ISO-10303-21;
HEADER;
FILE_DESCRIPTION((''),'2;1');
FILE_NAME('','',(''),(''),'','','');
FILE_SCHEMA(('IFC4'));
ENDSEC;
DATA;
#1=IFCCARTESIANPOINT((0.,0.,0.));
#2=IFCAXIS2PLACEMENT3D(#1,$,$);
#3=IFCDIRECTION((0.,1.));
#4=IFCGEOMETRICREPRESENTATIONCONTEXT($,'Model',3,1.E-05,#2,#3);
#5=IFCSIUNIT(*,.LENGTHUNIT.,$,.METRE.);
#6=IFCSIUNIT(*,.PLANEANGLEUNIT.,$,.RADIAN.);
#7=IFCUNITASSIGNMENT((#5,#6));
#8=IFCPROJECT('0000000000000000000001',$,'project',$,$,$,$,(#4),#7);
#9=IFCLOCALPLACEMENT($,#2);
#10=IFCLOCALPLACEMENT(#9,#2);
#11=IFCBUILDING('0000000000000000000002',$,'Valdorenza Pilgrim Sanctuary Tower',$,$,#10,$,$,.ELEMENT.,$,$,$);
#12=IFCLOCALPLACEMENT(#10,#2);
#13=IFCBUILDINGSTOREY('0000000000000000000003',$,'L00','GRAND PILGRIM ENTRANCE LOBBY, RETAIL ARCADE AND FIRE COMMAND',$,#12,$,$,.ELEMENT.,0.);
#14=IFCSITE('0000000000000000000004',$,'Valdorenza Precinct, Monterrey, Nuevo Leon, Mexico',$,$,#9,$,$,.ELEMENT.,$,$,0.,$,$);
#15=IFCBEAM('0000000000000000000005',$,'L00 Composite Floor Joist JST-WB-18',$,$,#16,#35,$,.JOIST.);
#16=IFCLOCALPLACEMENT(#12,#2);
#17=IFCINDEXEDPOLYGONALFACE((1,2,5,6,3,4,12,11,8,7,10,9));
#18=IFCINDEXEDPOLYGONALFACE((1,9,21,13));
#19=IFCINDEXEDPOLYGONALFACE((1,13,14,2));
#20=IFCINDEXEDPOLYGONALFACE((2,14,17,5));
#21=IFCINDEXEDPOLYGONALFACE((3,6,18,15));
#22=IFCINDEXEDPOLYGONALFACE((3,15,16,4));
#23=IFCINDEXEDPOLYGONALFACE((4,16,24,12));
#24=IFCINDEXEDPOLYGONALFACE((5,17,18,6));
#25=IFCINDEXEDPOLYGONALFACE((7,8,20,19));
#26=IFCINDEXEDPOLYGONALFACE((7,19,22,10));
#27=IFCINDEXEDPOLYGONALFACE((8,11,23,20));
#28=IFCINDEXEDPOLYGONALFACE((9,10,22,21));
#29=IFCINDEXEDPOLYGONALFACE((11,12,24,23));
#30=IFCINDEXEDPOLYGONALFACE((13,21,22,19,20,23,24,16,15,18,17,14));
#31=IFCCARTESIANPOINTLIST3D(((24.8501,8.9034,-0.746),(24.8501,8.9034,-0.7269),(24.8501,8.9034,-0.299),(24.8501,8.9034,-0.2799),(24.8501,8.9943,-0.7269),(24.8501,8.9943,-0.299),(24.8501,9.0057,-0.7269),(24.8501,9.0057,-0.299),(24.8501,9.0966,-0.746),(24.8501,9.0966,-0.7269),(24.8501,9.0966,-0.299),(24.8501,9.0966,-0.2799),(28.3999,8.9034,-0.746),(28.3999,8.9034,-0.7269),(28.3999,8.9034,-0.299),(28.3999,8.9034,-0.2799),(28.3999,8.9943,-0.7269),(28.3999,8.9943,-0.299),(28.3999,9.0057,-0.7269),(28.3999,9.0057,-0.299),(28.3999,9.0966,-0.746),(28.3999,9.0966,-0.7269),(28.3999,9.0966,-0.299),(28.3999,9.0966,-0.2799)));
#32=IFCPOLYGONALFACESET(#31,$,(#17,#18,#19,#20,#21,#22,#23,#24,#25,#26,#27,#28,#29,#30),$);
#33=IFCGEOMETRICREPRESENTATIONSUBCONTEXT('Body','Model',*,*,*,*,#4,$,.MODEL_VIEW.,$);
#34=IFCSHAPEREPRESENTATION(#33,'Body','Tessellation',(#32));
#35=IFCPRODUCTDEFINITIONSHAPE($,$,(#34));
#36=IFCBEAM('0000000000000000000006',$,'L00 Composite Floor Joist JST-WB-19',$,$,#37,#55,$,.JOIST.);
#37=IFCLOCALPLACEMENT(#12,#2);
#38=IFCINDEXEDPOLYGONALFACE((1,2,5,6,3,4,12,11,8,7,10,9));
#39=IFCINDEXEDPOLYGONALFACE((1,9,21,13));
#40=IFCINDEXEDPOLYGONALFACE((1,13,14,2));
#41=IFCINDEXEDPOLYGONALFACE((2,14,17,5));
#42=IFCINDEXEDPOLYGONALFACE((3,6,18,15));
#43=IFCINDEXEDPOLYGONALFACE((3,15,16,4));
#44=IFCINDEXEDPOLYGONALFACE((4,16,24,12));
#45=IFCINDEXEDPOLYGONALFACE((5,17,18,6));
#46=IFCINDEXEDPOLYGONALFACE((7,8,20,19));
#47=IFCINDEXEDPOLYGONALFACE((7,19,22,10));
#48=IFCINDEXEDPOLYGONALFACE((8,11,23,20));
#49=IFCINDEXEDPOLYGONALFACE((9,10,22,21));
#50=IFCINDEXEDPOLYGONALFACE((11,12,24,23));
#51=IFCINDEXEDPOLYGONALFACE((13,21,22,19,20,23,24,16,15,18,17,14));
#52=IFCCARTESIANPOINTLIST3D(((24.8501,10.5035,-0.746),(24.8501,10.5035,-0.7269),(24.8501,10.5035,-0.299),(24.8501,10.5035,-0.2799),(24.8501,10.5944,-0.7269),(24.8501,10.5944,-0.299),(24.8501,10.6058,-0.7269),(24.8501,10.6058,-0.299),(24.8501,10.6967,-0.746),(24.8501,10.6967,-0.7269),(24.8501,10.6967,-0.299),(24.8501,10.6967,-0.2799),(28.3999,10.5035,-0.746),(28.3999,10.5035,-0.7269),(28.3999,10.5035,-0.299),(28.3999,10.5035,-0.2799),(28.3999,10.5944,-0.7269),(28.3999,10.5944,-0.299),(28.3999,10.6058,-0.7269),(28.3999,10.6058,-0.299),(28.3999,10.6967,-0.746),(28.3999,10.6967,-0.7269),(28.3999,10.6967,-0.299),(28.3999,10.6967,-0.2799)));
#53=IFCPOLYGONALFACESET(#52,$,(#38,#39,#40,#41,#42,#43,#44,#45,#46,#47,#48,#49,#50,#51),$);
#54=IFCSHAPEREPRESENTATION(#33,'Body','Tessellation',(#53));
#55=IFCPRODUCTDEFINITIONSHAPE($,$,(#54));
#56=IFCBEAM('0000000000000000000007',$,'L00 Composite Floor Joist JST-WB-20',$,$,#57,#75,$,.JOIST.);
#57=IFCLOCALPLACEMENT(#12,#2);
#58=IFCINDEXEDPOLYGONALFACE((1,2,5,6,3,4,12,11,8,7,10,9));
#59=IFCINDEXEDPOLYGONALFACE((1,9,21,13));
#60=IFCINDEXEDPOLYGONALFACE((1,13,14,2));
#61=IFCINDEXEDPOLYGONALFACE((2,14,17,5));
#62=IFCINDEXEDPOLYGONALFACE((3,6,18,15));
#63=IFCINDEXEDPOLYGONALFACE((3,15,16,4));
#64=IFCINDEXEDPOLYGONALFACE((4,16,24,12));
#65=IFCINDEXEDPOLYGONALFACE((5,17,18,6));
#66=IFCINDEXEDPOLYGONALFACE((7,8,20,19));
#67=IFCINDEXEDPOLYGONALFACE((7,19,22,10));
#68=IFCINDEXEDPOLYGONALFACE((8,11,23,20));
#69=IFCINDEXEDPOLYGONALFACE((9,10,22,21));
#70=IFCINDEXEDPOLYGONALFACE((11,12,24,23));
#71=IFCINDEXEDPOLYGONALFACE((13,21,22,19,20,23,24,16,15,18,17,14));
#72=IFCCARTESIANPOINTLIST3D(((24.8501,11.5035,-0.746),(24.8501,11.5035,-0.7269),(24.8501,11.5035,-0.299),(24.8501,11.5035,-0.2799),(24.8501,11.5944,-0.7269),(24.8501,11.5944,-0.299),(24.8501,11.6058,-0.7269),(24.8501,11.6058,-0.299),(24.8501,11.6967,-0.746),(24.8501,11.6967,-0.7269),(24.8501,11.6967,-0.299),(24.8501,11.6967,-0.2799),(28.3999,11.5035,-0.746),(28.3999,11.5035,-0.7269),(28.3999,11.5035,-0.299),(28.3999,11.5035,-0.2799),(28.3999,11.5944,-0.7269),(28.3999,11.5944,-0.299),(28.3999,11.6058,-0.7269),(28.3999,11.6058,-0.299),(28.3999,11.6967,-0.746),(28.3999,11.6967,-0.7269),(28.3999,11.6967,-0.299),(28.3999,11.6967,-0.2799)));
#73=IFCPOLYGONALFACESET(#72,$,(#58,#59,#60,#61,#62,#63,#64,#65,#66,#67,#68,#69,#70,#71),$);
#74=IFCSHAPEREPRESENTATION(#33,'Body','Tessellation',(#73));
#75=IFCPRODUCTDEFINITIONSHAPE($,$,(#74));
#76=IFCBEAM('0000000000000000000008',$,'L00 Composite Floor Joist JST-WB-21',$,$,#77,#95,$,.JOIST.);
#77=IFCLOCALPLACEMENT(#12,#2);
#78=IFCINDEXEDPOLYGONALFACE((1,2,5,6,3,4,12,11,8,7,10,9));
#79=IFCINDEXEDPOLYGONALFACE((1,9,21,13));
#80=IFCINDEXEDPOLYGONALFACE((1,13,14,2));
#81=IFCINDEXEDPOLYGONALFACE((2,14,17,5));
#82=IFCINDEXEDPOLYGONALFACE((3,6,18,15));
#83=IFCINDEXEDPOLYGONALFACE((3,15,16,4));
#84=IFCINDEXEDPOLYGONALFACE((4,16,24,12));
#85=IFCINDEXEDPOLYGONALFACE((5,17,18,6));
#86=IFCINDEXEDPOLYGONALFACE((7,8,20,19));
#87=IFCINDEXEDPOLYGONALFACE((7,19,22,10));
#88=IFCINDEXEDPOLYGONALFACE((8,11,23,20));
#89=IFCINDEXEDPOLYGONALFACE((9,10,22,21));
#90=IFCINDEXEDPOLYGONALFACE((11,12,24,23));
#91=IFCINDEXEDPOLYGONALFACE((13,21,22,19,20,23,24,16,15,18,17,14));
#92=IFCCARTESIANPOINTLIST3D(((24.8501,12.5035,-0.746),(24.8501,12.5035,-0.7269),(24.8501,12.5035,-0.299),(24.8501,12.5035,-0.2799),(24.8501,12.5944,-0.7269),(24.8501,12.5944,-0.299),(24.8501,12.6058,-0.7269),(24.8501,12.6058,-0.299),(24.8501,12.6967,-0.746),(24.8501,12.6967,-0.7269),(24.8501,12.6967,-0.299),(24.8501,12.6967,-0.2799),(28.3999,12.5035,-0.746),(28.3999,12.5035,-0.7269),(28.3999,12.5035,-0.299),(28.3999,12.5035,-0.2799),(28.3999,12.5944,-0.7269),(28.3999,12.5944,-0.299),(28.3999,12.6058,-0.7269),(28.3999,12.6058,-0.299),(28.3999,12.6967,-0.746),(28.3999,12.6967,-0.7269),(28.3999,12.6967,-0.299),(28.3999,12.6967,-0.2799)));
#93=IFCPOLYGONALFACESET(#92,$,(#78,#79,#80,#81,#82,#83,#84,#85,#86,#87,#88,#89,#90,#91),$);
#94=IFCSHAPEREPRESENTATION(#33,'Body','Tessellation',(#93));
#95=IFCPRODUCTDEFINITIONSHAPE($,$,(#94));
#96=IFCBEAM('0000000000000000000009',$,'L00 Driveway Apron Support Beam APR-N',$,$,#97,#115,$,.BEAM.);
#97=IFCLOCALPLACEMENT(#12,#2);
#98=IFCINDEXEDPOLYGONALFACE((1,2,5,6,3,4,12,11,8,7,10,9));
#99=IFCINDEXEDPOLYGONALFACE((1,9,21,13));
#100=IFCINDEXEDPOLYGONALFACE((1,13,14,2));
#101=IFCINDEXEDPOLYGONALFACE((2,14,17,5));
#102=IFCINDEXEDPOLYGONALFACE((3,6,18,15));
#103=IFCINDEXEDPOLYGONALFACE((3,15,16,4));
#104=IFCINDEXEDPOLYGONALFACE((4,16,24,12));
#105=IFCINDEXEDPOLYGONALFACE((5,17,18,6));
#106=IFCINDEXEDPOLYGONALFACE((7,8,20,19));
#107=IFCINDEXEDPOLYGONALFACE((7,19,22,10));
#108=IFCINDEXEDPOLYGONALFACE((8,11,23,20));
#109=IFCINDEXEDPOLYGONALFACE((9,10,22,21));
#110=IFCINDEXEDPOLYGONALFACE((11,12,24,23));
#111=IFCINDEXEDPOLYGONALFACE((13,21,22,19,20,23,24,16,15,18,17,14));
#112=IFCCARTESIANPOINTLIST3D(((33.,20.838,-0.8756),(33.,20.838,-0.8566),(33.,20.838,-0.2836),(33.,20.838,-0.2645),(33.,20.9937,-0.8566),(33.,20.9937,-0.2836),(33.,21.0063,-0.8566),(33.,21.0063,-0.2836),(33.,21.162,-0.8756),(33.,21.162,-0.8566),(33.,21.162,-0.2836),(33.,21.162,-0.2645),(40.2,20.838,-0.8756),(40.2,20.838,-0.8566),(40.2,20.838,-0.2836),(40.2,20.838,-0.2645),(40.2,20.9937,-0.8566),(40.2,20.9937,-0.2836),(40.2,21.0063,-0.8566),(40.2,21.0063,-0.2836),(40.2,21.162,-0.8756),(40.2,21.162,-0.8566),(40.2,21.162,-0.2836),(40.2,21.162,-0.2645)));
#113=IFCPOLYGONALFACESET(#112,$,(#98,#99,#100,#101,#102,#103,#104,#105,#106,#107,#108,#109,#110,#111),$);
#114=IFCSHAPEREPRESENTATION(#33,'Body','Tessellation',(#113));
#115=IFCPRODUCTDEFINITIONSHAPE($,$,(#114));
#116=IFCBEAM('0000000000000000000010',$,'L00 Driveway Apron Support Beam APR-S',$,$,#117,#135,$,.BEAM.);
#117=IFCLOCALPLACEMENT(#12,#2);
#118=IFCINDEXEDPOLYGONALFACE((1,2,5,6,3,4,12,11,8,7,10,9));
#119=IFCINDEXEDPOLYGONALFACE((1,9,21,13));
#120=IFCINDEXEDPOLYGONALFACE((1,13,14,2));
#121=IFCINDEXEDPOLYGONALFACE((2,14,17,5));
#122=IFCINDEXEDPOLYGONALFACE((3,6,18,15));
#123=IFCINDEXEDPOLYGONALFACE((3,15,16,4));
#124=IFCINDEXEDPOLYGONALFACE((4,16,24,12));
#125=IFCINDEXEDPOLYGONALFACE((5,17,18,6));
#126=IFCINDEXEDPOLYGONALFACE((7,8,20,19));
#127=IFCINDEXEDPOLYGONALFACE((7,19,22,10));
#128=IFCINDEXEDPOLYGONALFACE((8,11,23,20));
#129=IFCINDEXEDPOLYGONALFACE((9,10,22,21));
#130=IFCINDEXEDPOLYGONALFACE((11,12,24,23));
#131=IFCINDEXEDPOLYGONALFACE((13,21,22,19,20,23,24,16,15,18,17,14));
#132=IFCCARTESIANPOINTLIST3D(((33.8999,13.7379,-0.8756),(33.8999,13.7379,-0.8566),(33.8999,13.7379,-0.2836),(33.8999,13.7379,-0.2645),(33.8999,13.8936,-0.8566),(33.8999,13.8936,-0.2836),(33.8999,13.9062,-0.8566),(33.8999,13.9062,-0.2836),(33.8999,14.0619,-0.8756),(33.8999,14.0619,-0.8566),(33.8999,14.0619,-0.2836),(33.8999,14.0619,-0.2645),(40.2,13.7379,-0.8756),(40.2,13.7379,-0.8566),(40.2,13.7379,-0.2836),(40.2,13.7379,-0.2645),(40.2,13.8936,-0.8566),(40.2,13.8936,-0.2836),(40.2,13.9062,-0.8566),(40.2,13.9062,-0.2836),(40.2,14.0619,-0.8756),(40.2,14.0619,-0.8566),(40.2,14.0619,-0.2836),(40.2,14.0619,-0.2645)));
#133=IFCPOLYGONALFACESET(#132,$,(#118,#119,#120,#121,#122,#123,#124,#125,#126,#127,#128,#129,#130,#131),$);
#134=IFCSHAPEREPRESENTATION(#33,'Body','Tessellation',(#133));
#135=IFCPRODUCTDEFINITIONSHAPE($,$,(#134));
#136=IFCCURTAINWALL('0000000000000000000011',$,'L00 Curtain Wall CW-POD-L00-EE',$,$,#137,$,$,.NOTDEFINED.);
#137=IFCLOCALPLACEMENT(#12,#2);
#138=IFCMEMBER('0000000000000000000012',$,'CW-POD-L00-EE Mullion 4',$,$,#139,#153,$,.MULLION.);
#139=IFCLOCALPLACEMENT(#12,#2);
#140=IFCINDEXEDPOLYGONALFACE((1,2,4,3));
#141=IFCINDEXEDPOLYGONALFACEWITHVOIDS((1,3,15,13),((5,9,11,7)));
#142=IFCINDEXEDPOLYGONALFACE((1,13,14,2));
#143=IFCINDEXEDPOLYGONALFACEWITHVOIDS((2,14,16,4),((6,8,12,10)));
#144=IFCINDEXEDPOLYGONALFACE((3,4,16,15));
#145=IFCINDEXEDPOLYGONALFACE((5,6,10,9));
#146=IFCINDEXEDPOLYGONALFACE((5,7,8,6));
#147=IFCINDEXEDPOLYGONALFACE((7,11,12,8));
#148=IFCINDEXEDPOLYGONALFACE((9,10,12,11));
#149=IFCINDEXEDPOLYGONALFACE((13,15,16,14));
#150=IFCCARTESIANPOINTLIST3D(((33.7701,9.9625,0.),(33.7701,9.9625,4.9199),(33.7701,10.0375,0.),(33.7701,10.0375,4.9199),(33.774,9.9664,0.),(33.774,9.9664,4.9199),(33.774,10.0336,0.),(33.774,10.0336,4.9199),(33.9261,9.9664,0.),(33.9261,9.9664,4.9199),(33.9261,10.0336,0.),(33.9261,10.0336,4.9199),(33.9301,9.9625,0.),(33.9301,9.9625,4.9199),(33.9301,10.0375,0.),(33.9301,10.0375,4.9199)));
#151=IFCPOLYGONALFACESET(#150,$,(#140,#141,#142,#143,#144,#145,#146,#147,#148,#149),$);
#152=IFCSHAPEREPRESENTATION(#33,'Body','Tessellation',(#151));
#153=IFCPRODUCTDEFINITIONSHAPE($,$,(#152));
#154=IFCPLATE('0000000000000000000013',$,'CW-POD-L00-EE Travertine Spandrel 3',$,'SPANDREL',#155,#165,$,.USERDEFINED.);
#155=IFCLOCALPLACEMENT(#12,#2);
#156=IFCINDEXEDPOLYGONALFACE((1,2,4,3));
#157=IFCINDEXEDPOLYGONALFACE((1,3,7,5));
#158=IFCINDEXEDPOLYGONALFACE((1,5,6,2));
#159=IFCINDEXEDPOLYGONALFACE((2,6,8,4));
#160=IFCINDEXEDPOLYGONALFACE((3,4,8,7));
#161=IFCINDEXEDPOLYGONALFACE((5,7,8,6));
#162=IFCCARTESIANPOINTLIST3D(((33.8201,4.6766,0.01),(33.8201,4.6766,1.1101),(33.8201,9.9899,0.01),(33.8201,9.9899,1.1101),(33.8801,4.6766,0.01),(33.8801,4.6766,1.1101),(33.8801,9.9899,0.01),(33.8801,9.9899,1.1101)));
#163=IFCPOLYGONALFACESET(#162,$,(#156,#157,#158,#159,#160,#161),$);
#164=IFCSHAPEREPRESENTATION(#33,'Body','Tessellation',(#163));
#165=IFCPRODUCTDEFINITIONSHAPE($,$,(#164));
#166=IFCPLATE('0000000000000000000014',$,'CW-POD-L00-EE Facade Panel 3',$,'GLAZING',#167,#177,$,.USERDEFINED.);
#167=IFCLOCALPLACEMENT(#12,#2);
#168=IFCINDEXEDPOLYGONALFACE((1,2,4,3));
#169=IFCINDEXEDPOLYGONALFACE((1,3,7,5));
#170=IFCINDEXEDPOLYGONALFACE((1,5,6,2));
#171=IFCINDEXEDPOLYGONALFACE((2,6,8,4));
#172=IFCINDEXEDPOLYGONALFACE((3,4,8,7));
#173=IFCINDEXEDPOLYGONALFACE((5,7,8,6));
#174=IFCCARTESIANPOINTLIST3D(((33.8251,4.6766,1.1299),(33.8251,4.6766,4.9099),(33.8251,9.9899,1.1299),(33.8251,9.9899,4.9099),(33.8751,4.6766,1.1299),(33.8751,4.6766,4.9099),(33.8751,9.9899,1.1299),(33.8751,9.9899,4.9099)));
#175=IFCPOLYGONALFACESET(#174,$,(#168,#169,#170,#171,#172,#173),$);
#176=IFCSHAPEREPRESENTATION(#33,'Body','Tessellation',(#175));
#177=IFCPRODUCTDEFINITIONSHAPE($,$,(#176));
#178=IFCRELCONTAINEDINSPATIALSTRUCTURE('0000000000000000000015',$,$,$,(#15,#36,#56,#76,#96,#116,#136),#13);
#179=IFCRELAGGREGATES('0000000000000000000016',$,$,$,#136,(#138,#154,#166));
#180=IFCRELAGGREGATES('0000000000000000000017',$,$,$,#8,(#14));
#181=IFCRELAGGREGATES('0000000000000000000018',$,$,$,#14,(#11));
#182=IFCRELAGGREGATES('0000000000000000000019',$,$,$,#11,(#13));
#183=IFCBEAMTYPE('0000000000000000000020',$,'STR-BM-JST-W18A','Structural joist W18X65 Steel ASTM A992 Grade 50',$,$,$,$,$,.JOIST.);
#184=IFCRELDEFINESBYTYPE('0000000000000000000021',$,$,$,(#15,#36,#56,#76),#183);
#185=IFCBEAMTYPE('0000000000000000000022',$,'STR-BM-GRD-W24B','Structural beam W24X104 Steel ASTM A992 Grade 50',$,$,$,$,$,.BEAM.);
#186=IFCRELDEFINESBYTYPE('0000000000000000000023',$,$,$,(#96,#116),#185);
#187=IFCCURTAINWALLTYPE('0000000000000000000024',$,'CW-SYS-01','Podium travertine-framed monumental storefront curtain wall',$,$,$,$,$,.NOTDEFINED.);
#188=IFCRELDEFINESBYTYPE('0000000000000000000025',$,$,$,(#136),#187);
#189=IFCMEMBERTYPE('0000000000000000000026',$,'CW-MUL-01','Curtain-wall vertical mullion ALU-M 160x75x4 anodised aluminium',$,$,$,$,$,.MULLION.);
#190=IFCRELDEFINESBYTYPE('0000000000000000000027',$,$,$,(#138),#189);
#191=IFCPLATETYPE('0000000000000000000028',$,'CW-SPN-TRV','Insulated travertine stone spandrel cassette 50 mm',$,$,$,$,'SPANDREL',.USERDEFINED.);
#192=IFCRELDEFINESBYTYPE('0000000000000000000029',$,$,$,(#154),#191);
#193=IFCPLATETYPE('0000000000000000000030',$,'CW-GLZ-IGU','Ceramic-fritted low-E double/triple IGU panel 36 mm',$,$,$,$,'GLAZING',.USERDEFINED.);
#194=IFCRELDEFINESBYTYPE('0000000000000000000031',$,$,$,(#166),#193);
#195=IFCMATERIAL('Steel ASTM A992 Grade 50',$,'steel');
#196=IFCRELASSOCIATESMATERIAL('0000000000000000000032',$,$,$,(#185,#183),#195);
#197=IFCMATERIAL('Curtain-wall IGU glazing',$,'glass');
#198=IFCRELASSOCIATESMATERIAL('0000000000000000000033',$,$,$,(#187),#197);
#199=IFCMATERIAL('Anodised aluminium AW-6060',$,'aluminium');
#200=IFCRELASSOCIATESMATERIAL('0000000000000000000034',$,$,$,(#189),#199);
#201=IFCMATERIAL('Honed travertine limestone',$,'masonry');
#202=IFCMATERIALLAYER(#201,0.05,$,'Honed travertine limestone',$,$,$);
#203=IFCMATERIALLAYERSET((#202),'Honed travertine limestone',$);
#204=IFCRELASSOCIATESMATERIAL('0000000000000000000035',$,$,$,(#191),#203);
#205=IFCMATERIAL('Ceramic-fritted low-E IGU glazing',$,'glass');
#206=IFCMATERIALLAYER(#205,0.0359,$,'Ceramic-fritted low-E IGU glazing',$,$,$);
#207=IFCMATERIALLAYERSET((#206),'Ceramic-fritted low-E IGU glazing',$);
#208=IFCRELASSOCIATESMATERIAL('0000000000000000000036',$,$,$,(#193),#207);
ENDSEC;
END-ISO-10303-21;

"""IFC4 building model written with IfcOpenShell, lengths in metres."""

from ifc_helpers import new_model, si_unit, direction, frame, origin, origin_2d, place, context, subcontext, project, spatial, rectangle, hollow_rectangle, i_section, extrude, source, transform, mapped, material, layer, layer_set, material_profile, profile_set, type_object, element, aggregate, save


model = new_model("IFC4")

# Units and contexts
model_context = context("Model", 3, precision=1e-05, world=origin(), true_north=direction((0.0, 1.0)))
body_context = subcontext(model_context, "Body", "Model", "MODEL_VIEW")
ifc_project = project(units=[si_unit("LENGTHUNIT", "METRE"), si_unit("PLANEANGLEUNIT", "RADIAN")], contexts=[model_context])

# Site, building, storey
site_placement = place(None, origin())
site = spatial("IfcSite", under=ifc_project, at=site_placement, Name="Valdorenza Precinct, Monterrey, Nuevo Leon, Mexico", CompositionType="ELEMENT", RefElevation=0.0)
building_placement = place(site_placement, origin())
building = spatial("IfcBuilding", under=site, at=building_placement, Name="Valdorenza Pilgrim Sanctuary Tower", CompositionType="ELEMENT")
storey_placement = place(building_placement, origin())
storey = spatial("IfcBuildingStorey", under=building, at=storey_placement, Name="L00", Description="GRAND PILGRIM ENTRANCE LOBBY, RETAIL ARCADE AND FIRE COMMAND", CompositionType="ELEMENT", Elevation=0.0)

# Beams
ifc_material_1 = material(Name="Steel ASTM A992 Grade 50", Category="steel")
ifc_material_profile_1 = material_profile(ifc_material_1, i_section(OverallWidth=0.324, OverallDepth=0.6111, WebThickness=0.0127, FlangeThickness=0.019, at=origin_2d()), Name="W24X104")
ifc_profile_set_1 = profile_set([ifc_material_profile_1], Name="Steel ASTM A992 Grade 50")
beam_type_1 = type_object("IfcBeamType", Name="STR-BM-GRD-W24B", Description="Structural beam W24X104 Steel ASTM A992 Grade 50", PredefinedType="BEAM", material=ifc_profile_set_1)
ifc_material_profile_2 = material_profile(ifc_material_1, i_section(OverallWidth=0.1931, OverallDepth=0.4661, WebThickness=0.0115, FlangeThickness=0.019, at=origin_2d()), Name="W18X65")
ifc_profile_set_2 = profile_set([ifc_material_profile_2], Name="Steel ASTM A992 Grade 50")
beam_type_2 = type_object("IfcBeamType", Name="STR-BM-JST-W18A", Description="Structural joist W18X65 Steel ASTM A992 Grade 50", PredefinedType="JOIST", material=ifc_profile_set_2)
shared_shape_1 = source(origin(), body_context, "Body", "SweptSolid", [
    extrude(i_section(OverallWidth=0.1931, OverallDepth=0.4661, WebThickness=0.0115, FlangeThickness=0.019, at=origin_2d()), origin(), (0.0, 0.0, 1.0), 3.5498),
])
for number, where, z_axis, x_axis, name in (
    (1, (24.8501, 9.0, -0.5129), (1.0, 0.0, 0.0), (0.0, 1.0, 0.0), "L00 Composite Floor Joist JST-WB-18"),
    (2, (24.8501, 10.6001, -0.5129), (1.0, 0.0, 0.0), (0.0, 1.0, 0.0), "L00 Composite Floor Joist JST-WB-19"),
    (3, (24.8501, 11.6001, -0.5129), (1.0, 0.0, 0.0), (0.0, 1.0, 0.0), "L00 Composite Floor Joist JST-WB-20"),
    (4, (24.8501, 12.6001, -0.5129), (1.0, 0.0, 0.0), (0.0, 1.0, 0.0), "L00 Composite Floor Joist JST-WB-21"),
):
    element("IfcBeam", number, at=place(storey_placement, frame(where, z_axis=z_axis, x_axis=x_axis)), inside=storey, type_object=beam_type_2, Name=name, PredefinedType="JOIST", context=body_context, shape_type="MappedRepresentation", body=[
        mapped(shared_shape_1, transform((0.0, 0.0, 0.0), x_axis=(1.0, 0.0, 0.0), y_axis=(0.0, 1.0, 0.0), z_axis=(0.0, 0.0, 1.0), scale=1.0)),
    ])
shared_shape_2 = source(origin(), body_context, "Body", "SweptSolid", [
    extrude(i_section(OverallWidth=0.324, OverallDepth=0.6111, WebThickness=0.0127, FlangeThickness=0.019, at=origin_2d()), origin(), (0.0, 0.0, 1.0), 7.2),
])
beam_1_placement = place(storey_placement, frame((33.0, 21.0, -0.5701), z_axis=(1.0, 0.0, 0.0), x_axis=(0.0, 1.0, 0.0)))
element("IfcBeam", 5, at=beam_1_placement, inside=storey, type_object=beam_type_1, Name="L00 Driveway Apron Support Beam APR-N", PredefinedType="BEAM", context=body_context, shape_type="MappedRepresentation", body=[
    mapped(shared_shape_2, transform((0.0, 0.0, 0.0), x_axis=(1.0, 0.0, 0.0), y_axis=(0.0, 1.0, 0.0), z_axis=(0.0, 0.0, 1.0), scale=1.0)),
])
shared_shape_3 = source(origin(), body_context, "Body", "SweptSolid", [
    extrude(i_section(OverallWidth=0.324, OverallDepth=0.6111, WebThickness=0.0127, FlangeThickness=0.019, at=origin_2d()), origin(), (0.0, 0.0, 1.0), 6.3),
])
beam_2_placement = place(storey_placement, frame((33.8999, 13.8999, -0.5701), z_axis=(1.0, 0.0, 0.0), x_axis=(0.0, 1.0, 0.0)))
element("IfcBeam", 6, at=beam_2_placement, inside=storey, type_object=beam_type_1, Name="L00 Driveway Apron Support Beam APR-S", PredefinedType="BEAM", context=body_context, shape_type="MappedRepresentation", body=[
    mapped(shared_shape_3, transform((0.0, 0.0, 0.0), x_axis=(1.0, 0.0, 0.0), y_axis=(0.0, 1.0, 0.0), z_axis=(0.0, 0.0, 1.0), scale=1.0)),
])

# Curtain wall, member, plates
ifc_material_2 = material(Name="Curtain-wall IGU glazing", Category="glass")
curtain_wall_type = type_object("IfcCurtainWallType", Name="CW-SYS-01", Description="Podium travertine-framed monumental storefront curtain wall", PredefinedType="NOTDEFINED", material=ifc_material_2)
curtain_wall_placement = place(storey_placement, origin())
curtain_wall = element("IfcCurtainWall", 7, at=curtain_wall_placement, inside=storey, type_object=curtain_wall_type, Name="L00 Curtain Wall CW-POD-L00-EE", PredefinedType="NOTDEFINED")
ifc_material_3 = material(Name="Anodised aluminium AW-6060", Category="aluminium")
ifc_material_profile_3 = material_profile(ifc_material_3, hollow_rectangle(XDim=0.075, YDim=0.1599, WallThickness=0.0039, at=origin_2d()), Name="ALU-M 160x75x4")
ifc_profile_set_3 = profile_set([ifc_material_profile_3], Name="Anodised aluminium AW-6060")
member_type = type_object("IfcMemberType", Name="CW-MUL-01", Description="Curtain-wall vertical mullion ALU-M 160x75x4 anodised aluminium", PredefinedType="MULLION", material=ifc_profile_set_3)
shared_shape_4 = source(origin(), body_context, "Body", "SweptSolid", [
    extrude(hollow_rectangle(XDim=0.075, YDim=0.1599, WallThickness=0.0039, at=origin_2d()), origin(), (0.0, 0.0, 1.0), 4.9199),
])
member_placement = place(storey_placement, frame((33.8501, 10.0, 0.0), z_axis=(0.0, 0.0, 1.0), x_axis=(0.0, 1.0, 0.0)))
member = element("IfcMember", 8, at=member_placement, type_object=member_type, Name="CW-POD-L00-EE Mullion 4", PredefinedType="MULLION", context=body_context, shape_type="MappedRepresentation", body=[
    mapped(shared_shape_4, transform((0.0, 0.0, 0.0), x_axis=(1.0, 0.0, 0.0), y_axis=(0.0, 1.0, 0.0), z_axis=(0.0, 0.0, 1.0), scale=1.0)),
])
ifc_material_4 = material(Name="Honed travertine limestone", Category="masonry")
ifc_layer_1 = layer(ifc_material_4, 0.05, Name="Honed travertine limestone")
ifc_layer_set_1 = layer_set([ifc_layer_1], Name="Honed travertine limestone")
plate_type_1 = type_object("IfcPlateType", Name="CW-SPN-TRV", Description="Insulated travertine stone spandrel cassette 50 mm", ElementType="SPANDREL", PredefinedType="USERDEFINED", material=ifc_layer_set_1)
shared_shape_5 = source(origin(), body_context, "Body", "SweptSolid", [
    extrude(rectangle(XDim=5.3132, YDim=0.0601, at=origin_2d()), origin(), (0.0, 0.0, 1.0), 1.1001),
])
plate_1_placement = place(storey_placement, frame((33.8501, 7.3333, 0.01), z_axis=(0.0, 0.0, 1.0), x_axis=(0.0, 1.0, 0.0)))
plate_1 = element("IfcPlate", 9, at=plate_1_placement, type_object=plate_type_1, Name="CW-POD-L00-EE Travertine Spandrel 3", ObjectType="SPANDREL", PredefinedType="USERDEFINED", context=body_context, shape_type="MappedRepresentation", body=[
    mapped(shared_shape_5, transform((0.0, 0.0, 0.0), x_axis=(1.0, 0.0, 0.0), y_axis=(0.0, 1.0, 0.0), z_axis=(0.0, 0.0, 1.0), scale=1.0)),
])
ifc_material_5 = material(Name="Ceramic-fritted low-E IGU glazing", Category="glass")
ifc_layer_2 = layer(ifc_material_5, 0.0359, Name="Ceramic-fritted low-E IGU glazing")
ifc_layer_set_2 = layer_set([ifc_layer_2], Name="Ceramic-fritted low-E IGU glazing")
plate_type_2 = type_object("IfcPlateType", Name="CW-GLZ-IGU", Description="Ceramic-fritted low-E double/triple IGU panel 36 mm", ElementType="GLAZING", PredefinedType="USERDEFINED", material=ifc_layer_set_2)
shared_shape_6 = source(origin(), body_context, "Body", "SweptSolid", [
    extrude(rectangle(XDim=5.3132, YDim=0.05, at=origin_2d()), origin(), (0.0, 0.0, 1.0), 3.78),
])
plate_2_placement = place(storey_placement, frame((33.8501, 7.3333, 1.1299), z_axis=(0.0, 0.0, 1.0), x_axis=(0.0, 1.0, 0.0)))
plate_2 = element("IfcPlate", 10, at=plate_2_placement, type_object=plate_type_2, Name="CW-POD-L00-EE Facade Panel 3", ObjectType="GLAZING", PredefinedType="USERDEFINED", context=body_context, shape_type="MappedRepresentation", body=[
    mapped(shared_shape_6, transform((0.0, 0.0, 0.0), x_axis=(1.0, 0.0, 0.0), y_axis=(0.0, 1.0, 0.0), z_axis=(0.0, 0.0, 1.0), scale=1.0)),
])
aggregate(curtain_wall, [member, plate_1, plate_2])

save(model, "model.ifc")
